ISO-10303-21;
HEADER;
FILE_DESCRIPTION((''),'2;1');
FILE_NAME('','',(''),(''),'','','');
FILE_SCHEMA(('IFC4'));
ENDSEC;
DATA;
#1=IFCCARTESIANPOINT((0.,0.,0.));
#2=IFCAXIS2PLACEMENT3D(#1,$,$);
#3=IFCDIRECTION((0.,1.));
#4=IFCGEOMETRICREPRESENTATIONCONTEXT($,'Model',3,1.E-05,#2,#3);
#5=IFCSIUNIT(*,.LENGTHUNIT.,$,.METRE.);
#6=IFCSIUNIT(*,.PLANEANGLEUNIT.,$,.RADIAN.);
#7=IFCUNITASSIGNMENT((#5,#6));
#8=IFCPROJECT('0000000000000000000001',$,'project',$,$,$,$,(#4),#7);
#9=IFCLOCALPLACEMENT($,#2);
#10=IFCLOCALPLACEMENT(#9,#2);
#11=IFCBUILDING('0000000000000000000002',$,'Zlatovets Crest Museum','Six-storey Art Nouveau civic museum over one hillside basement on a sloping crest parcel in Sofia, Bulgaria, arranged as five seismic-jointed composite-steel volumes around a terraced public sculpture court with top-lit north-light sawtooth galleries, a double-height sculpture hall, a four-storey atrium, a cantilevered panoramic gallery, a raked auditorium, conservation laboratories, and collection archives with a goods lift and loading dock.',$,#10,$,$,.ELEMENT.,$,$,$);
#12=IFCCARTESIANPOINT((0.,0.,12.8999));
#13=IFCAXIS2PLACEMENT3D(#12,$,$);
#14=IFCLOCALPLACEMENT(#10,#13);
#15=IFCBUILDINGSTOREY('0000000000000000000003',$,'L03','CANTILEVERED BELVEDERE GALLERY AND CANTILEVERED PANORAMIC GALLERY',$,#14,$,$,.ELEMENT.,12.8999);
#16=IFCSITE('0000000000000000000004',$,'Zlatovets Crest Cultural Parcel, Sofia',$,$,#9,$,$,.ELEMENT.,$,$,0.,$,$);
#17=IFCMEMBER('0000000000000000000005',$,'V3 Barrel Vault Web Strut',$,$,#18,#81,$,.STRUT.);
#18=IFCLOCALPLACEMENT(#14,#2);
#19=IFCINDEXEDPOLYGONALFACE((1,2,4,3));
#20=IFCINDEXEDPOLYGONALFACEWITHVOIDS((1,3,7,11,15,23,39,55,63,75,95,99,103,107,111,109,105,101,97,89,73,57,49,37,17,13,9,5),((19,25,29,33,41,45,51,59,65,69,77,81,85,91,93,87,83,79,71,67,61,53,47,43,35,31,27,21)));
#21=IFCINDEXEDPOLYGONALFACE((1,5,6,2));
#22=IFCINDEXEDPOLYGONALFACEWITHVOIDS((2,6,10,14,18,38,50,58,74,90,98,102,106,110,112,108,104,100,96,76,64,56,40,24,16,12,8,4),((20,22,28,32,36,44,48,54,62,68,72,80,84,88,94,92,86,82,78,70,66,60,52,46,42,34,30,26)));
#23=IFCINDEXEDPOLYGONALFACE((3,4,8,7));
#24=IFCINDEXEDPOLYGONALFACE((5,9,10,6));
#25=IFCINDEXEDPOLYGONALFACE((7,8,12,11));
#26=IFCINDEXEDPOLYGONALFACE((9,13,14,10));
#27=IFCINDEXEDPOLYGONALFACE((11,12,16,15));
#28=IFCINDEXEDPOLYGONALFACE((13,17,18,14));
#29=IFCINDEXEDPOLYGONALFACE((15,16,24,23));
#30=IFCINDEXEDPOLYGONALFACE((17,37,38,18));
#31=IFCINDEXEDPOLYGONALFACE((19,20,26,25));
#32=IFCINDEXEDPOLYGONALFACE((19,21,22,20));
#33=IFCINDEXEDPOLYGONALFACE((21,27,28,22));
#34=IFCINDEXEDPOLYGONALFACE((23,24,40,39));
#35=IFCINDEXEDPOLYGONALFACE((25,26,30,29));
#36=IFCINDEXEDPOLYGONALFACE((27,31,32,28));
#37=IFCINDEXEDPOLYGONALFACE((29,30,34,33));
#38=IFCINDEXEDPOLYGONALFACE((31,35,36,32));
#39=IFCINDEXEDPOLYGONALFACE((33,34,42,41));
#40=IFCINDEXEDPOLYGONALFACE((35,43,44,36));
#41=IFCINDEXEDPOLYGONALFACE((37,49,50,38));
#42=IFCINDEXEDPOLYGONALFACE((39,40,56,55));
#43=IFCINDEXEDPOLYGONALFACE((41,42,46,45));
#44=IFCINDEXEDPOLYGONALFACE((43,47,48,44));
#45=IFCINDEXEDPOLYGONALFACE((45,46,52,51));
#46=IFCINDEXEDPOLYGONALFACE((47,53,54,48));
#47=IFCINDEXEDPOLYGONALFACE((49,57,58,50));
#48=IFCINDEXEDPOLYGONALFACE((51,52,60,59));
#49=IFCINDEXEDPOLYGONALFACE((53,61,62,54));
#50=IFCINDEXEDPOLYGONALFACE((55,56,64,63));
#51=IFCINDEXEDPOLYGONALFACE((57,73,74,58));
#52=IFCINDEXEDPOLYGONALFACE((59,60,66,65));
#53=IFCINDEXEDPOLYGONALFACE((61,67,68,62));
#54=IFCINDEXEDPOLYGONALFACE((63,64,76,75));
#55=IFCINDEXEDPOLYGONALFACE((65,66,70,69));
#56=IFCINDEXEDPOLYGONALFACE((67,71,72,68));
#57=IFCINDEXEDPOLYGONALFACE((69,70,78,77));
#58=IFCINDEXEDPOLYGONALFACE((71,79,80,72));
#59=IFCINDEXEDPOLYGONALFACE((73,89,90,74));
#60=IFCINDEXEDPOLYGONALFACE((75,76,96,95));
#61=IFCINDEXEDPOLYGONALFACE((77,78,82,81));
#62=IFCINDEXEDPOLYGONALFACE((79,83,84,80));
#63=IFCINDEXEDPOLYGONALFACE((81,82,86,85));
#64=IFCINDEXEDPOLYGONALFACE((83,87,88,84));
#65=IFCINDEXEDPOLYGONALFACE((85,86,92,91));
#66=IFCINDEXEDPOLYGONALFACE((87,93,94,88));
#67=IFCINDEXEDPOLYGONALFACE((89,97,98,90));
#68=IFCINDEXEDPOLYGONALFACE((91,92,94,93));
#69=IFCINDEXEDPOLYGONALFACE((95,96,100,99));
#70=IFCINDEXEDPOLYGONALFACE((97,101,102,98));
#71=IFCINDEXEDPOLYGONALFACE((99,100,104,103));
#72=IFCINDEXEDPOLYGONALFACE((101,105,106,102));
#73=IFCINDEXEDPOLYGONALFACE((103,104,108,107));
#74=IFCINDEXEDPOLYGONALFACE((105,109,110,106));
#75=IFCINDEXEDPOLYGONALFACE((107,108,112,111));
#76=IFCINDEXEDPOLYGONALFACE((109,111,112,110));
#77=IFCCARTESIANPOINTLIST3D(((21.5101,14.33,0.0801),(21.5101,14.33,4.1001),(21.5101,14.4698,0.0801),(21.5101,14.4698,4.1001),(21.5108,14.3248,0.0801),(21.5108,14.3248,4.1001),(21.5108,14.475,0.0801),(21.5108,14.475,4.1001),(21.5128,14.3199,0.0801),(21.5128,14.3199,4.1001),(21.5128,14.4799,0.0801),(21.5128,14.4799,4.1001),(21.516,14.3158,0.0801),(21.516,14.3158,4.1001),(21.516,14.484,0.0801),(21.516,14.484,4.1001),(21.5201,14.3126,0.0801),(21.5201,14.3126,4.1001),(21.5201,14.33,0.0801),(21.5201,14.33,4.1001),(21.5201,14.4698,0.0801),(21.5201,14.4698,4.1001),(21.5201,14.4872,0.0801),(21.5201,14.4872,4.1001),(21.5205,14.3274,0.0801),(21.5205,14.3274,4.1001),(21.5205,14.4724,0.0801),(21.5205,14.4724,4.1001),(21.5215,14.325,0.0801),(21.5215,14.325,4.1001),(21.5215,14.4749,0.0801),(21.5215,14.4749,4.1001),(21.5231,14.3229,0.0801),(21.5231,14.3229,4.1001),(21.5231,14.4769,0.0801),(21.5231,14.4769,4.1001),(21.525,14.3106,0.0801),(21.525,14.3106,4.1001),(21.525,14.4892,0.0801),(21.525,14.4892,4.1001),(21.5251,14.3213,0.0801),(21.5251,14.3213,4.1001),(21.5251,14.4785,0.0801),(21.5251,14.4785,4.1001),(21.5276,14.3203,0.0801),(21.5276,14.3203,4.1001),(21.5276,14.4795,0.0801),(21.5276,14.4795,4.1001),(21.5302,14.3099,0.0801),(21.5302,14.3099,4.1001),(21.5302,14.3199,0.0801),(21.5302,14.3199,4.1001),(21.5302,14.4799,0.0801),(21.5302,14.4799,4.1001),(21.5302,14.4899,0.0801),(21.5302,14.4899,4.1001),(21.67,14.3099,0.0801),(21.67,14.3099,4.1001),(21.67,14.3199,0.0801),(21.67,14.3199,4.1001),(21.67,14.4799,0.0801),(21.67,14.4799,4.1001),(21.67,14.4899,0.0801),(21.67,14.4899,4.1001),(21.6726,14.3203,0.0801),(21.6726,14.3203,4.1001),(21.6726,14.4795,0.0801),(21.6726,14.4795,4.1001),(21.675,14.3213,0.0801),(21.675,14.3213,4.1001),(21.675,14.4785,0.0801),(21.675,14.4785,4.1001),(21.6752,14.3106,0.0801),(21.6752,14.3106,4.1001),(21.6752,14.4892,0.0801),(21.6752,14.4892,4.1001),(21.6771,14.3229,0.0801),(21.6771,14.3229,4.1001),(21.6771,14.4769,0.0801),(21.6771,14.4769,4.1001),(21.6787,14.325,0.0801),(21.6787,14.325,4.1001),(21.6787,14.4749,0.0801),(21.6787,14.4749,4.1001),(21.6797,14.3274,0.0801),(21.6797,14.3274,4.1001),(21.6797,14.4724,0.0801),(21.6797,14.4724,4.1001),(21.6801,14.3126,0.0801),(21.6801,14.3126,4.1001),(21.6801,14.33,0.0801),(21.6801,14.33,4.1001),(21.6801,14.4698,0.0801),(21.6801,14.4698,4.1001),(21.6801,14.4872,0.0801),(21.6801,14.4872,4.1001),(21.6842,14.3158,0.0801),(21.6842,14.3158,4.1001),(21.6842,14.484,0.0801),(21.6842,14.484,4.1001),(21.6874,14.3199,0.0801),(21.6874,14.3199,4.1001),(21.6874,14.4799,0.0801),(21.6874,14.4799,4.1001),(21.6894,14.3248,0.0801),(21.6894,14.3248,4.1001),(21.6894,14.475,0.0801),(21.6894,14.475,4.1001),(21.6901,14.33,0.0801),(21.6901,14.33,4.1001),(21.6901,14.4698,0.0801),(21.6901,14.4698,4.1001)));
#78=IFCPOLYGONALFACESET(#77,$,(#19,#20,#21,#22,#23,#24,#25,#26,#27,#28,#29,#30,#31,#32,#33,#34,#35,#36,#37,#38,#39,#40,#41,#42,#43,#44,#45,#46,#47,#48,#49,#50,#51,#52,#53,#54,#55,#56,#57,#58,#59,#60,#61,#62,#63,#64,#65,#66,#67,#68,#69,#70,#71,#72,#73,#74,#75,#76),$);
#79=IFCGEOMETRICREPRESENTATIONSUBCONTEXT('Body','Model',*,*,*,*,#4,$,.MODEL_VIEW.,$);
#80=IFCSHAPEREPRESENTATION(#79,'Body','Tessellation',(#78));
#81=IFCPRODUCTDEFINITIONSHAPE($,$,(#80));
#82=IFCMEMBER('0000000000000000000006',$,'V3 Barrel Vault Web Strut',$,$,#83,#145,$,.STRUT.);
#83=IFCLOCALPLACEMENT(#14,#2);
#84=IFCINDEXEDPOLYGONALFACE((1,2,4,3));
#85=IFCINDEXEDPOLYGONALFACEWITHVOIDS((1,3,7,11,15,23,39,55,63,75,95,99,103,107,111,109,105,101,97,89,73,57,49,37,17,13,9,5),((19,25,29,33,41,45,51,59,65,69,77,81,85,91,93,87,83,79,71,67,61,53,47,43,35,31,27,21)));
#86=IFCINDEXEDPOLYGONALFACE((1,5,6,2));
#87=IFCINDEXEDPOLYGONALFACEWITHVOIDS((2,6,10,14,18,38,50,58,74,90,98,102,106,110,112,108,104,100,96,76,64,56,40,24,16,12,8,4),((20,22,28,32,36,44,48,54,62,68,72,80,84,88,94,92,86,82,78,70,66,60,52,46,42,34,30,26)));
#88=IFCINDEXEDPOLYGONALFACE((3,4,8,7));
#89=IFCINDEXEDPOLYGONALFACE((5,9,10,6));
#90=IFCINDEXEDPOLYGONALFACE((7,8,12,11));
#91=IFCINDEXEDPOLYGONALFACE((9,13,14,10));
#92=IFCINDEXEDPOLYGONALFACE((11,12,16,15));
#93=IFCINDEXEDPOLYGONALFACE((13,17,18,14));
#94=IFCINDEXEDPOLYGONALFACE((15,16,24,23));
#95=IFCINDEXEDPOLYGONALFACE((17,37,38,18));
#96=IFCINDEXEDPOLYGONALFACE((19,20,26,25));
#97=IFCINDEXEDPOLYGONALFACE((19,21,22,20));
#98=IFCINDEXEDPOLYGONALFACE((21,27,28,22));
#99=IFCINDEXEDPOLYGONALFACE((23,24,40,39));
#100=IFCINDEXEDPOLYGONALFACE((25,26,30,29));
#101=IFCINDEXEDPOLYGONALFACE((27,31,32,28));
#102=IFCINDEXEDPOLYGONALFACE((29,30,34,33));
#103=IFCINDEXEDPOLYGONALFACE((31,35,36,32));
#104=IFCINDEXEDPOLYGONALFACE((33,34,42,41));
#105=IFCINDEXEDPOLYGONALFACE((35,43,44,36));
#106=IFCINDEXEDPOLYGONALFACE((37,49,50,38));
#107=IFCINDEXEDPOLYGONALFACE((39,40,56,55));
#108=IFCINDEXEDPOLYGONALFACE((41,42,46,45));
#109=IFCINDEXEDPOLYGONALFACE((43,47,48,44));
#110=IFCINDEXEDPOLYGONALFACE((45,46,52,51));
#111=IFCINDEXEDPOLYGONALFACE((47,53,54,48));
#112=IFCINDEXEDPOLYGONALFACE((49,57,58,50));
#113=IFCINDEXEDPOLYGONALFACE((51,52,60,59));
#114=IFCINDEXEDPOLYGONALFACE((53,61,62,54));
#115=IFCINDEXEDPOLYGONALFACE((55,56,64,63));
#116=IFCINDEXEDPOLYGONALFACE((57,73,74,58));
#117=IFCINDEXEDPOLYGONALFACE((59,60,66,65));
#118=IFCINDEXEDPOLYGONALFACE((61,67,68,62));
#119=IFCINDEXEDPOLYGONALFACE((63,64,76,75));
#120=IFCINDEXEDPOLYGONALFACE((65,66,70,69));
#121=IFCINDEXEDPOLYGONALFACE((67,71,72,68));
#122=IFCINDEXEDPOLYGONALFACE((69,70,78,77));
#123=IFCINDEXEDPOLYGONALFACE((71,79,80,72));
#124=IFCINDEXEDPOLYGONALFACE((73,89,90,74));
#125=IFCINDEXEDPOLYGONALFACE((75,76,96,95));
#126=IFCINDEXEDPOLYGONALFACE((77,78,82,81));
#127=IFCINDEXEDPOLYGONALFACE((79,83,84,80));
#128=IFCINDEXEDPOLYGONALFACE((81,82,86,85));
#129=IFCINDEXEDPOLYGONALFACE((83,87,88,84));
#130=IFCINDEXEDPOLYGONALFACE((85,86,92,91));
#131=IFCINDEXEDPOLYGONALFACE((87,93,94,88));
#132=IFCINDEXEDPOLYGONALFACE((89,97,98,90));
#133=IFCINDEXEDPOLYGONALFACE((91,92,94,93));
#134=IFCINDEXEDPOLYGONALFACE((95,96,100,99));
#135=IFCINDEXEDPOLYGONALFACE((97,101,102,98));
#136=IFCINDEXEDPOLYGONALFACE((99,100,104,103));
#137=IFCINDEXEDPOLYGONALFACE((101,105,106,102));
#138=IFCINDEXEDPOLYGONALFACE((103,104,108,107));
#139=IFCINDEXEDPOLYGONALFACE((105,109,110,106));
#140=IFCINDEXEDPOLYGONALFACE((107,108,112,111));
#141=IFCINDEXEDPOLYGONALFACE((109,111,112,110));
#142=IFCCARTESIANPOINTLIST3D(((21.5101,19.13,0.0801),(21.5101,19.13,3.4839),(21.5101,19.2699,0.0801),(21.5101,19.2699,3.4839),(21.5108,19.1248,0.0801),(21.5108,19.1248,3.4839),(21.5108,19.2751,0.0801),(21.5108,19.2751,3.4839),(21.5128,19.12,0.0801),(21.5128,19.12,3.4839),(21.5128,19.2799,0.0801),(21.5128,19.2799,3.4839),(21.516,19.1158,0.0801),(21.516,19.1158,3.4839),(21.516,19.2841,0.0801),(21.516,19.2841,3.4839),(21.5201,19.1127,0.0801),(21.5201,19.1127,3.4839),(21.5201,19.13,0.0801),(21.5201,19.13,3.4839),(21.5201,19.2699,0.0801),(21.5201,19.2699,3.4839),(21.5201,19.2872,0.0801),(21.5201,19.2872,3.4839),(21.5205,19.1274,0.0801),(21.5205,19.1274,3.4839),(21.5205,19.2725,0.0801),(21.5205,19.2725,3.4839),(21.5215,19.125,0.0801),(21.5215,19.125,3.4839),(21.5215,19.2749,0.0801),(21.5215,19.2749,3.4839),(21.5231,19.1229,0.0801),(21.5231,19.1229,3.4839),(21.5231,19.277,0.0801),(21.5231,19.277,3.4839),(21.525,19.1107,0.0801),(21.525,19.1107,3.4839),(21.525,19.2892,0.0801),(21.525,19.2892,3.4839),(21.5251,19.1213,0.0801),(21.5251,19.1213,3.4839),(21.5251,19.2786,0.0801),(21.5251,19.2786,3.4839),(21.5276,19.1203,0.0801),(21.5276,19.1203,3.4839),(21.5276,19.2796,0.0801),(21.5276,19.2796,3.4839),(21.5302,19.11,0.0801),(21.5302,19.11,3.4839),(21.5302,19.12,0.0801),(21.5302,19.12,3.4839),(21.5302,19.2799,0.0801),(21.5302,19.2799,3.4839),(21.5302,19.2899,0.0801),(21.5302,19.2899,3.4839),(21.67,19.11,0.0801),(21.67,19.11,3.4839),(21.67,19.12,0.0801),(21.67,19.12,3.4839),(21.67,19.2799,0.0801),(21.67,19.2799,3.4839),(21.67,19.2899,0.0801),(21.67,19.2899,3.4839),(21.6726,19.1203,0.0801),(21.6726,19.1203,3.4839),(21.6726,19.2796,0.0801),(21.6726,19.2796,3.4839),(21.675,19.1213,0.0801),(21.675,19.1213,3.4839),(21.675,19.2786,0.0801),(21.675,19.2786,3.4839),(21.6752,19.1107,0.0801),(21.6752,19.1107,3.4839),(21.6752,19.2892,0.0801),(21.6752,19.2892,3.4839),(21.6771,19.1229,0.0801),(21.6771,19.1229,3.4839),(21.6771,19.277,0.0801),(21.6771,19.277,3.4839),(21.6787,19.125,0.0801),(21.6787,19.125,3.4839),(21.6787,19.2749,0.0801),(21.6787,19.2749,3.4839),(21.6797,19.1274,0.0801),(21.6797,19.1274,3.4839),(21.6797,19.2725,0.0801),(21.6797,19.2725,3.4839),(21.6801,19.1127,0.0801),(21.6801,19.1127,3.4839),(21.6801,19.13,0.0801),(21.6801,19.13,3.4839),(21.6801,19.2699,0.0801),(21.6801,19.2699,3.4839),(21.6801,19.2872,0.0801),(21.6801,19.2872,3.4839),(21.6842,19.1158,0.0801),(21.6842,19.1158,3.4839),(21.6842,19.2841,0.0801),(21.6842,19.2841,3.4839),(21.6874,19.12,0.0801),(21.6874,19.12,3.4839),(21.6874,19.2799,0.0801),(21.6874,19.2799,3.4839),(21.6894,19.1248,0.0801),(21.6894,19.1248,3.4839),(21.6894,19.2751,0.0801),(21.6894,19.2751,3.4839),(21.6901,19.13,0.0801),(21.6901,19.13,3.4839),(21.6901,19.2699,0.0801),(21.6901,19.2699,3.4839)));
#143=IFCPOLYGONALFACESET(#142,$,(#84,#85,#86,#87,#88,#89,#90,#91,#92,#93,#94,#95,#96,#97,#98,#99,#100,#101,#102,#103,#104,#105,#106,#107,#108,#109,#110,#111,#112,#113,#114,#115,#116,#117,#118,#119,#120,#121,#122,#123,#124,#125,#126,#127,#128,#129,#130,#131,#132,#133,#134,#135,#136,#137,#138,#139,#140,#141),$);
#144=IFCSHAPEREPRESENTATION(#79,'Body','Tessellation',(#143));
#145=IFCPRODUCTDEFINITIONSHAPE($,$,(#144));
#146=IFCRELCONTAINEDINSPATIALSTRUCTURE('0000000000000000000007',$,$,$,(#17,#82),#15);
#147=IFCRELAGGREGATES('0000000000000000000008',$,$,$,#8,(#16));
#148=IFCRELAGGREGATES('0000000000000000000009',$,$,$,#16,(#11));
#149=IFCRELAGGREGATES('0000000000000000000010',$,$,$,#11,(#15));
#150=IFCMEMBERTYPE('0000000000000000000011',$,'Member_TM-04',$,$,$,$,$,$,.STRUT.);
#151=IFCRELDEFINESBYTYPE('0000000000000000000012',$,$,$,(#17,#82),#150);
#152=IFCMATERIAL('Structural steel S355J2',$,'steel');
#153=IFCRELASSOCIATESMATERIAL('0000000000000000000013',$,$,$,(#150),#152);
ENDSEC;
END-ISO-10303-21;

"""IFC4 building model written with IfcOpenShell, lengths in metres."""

from ifc_helpers import new_model, si_unit, direction, frame, origin, origin_2d, place, context, subcontext, project, spatial, hollow_rectangle, extrude, material, material_profile, profile_set, type_object, element, save


model = new_model("IFC4")

# Units and contexts
model_context = context("Model", 3, precision=1e-05, world=origin(), true_north=direction((0.0, 1.0)))
body_context = subcontext(model_context, "Body", "Model", "MODEL_VIEW")
ifc_project = project(units=[si_unit("LENGTHUNIT", "METRE"), si_unit("PLANEANGLEUNIT", "RADIAN")], contexts=[model_context])

# Site, building, storey
site_placement = place(None, origin())
site = spatial("IfcSite", under=ifc_project, at=site_placement, Name="Zlatovets Crest Cultural Parcel, Sofia", CompositionType="ELEMENT", RefElevation=0.0)
building_placement = place(site_placement, origin())
building = spatial("IfcBuilding", under=site, at=building_placement, Name="Zlatovets Crest Museum", Description="Six-storey Art Nouveau civic museum over one hillside basement on a sloping crest parcel in Sofia, Bulgaria, arranged as five seismic-jointed composite-steel volumes around a terraced public sculpture court with top-lit north-light sawtooth galleries, a double-height sculpture hall, a four-storey atrium, a cantilevered panoramic gallery, a raked auditorium, conservation laboratories, and collection archives with a goods lift and loading dock.", CompositionType="ELEMENT")
storey_placement = place(building_placement, frame((0.0, 0.0, 12.8999)))
storey = spatial("IfcBuildingStorey", under=building, at=storey_placement, Name="L03", Description="CANTILEVERED BELVEDERE GALLERY AND CANTILEVERED PANORAMIC GALLERY", CompositionType="ELEMENT", Elevation=12.8999)

# Shared definitions
ifc_material_1 = material(Name="Structural steel S355J2", Category="steel")

# Members
ifc_material_profile_1 = material_profile(ifc_material_1, hollow_rectangle(XDim=0.1799, YDim=0.1799, WallThickness=0.01, InnerFilletRadius=0.01, OuterFilletRadius=0.02, at=origin_2d()), Name="SHS 180x180x10.0")
ifc_profile_set_1 = profile_set([ifc_material_profile_1], Name="Structural steel S355J2")
member_type_1 = type_object("IfcMemberType", Name="Member_TM-04", PredefinedType="STRUT", material=ifc_profile_set_1)
member_1_placement = place(storey_placement, frame((21.6001, 14.3999, 0.0801), z_axis=(0.0, 0.0, 1.0), x_axis=(1.0, 0.0, 0.0)))
element("IfcMember", 1, at=member_1_placement, inside=storey, type_object=member_type_1, Name="V3 Barrel Vault Web Strut", PredefinedType="STRUT", context=body_context, shape_type="SweptSolid", body=[
    extrude(hollow_rectangle(XDim=0.1799, YDim=0.1799, WallThickness=0.01, InnerFilletRadius=0.01, OuterFilletRadius=0.02, at=origin_2d()), origin(), (0.0, 0.0, 1.0), 4.02),
])
member_2_placement = place(storey_placement, frame((21.6001, 19.2, 0.0801), z_axis=(0.0, 0.0, 1.0), x_axis=(1.0, 0.0, 0.0)))
element("IfcMember", 2, at=member_2_placement, inside=storey, type_object=member_type_1, Name="V3 Barrel Vault Web Strut", PredefinedType="STRUT", context=body_context, shape_type="SweptSolid", body=[
    extrude(hollow_rectangle(XDim=0.1799, YDim=0.1799, WallThickness=0.01, InnerFilletRadius=0.01, OuterFilletRadius=0.02, at=origin_2d()), origin(), (0.0, 0.0, 1.0), 3.4038),
])

save(model, "model.ifc")
